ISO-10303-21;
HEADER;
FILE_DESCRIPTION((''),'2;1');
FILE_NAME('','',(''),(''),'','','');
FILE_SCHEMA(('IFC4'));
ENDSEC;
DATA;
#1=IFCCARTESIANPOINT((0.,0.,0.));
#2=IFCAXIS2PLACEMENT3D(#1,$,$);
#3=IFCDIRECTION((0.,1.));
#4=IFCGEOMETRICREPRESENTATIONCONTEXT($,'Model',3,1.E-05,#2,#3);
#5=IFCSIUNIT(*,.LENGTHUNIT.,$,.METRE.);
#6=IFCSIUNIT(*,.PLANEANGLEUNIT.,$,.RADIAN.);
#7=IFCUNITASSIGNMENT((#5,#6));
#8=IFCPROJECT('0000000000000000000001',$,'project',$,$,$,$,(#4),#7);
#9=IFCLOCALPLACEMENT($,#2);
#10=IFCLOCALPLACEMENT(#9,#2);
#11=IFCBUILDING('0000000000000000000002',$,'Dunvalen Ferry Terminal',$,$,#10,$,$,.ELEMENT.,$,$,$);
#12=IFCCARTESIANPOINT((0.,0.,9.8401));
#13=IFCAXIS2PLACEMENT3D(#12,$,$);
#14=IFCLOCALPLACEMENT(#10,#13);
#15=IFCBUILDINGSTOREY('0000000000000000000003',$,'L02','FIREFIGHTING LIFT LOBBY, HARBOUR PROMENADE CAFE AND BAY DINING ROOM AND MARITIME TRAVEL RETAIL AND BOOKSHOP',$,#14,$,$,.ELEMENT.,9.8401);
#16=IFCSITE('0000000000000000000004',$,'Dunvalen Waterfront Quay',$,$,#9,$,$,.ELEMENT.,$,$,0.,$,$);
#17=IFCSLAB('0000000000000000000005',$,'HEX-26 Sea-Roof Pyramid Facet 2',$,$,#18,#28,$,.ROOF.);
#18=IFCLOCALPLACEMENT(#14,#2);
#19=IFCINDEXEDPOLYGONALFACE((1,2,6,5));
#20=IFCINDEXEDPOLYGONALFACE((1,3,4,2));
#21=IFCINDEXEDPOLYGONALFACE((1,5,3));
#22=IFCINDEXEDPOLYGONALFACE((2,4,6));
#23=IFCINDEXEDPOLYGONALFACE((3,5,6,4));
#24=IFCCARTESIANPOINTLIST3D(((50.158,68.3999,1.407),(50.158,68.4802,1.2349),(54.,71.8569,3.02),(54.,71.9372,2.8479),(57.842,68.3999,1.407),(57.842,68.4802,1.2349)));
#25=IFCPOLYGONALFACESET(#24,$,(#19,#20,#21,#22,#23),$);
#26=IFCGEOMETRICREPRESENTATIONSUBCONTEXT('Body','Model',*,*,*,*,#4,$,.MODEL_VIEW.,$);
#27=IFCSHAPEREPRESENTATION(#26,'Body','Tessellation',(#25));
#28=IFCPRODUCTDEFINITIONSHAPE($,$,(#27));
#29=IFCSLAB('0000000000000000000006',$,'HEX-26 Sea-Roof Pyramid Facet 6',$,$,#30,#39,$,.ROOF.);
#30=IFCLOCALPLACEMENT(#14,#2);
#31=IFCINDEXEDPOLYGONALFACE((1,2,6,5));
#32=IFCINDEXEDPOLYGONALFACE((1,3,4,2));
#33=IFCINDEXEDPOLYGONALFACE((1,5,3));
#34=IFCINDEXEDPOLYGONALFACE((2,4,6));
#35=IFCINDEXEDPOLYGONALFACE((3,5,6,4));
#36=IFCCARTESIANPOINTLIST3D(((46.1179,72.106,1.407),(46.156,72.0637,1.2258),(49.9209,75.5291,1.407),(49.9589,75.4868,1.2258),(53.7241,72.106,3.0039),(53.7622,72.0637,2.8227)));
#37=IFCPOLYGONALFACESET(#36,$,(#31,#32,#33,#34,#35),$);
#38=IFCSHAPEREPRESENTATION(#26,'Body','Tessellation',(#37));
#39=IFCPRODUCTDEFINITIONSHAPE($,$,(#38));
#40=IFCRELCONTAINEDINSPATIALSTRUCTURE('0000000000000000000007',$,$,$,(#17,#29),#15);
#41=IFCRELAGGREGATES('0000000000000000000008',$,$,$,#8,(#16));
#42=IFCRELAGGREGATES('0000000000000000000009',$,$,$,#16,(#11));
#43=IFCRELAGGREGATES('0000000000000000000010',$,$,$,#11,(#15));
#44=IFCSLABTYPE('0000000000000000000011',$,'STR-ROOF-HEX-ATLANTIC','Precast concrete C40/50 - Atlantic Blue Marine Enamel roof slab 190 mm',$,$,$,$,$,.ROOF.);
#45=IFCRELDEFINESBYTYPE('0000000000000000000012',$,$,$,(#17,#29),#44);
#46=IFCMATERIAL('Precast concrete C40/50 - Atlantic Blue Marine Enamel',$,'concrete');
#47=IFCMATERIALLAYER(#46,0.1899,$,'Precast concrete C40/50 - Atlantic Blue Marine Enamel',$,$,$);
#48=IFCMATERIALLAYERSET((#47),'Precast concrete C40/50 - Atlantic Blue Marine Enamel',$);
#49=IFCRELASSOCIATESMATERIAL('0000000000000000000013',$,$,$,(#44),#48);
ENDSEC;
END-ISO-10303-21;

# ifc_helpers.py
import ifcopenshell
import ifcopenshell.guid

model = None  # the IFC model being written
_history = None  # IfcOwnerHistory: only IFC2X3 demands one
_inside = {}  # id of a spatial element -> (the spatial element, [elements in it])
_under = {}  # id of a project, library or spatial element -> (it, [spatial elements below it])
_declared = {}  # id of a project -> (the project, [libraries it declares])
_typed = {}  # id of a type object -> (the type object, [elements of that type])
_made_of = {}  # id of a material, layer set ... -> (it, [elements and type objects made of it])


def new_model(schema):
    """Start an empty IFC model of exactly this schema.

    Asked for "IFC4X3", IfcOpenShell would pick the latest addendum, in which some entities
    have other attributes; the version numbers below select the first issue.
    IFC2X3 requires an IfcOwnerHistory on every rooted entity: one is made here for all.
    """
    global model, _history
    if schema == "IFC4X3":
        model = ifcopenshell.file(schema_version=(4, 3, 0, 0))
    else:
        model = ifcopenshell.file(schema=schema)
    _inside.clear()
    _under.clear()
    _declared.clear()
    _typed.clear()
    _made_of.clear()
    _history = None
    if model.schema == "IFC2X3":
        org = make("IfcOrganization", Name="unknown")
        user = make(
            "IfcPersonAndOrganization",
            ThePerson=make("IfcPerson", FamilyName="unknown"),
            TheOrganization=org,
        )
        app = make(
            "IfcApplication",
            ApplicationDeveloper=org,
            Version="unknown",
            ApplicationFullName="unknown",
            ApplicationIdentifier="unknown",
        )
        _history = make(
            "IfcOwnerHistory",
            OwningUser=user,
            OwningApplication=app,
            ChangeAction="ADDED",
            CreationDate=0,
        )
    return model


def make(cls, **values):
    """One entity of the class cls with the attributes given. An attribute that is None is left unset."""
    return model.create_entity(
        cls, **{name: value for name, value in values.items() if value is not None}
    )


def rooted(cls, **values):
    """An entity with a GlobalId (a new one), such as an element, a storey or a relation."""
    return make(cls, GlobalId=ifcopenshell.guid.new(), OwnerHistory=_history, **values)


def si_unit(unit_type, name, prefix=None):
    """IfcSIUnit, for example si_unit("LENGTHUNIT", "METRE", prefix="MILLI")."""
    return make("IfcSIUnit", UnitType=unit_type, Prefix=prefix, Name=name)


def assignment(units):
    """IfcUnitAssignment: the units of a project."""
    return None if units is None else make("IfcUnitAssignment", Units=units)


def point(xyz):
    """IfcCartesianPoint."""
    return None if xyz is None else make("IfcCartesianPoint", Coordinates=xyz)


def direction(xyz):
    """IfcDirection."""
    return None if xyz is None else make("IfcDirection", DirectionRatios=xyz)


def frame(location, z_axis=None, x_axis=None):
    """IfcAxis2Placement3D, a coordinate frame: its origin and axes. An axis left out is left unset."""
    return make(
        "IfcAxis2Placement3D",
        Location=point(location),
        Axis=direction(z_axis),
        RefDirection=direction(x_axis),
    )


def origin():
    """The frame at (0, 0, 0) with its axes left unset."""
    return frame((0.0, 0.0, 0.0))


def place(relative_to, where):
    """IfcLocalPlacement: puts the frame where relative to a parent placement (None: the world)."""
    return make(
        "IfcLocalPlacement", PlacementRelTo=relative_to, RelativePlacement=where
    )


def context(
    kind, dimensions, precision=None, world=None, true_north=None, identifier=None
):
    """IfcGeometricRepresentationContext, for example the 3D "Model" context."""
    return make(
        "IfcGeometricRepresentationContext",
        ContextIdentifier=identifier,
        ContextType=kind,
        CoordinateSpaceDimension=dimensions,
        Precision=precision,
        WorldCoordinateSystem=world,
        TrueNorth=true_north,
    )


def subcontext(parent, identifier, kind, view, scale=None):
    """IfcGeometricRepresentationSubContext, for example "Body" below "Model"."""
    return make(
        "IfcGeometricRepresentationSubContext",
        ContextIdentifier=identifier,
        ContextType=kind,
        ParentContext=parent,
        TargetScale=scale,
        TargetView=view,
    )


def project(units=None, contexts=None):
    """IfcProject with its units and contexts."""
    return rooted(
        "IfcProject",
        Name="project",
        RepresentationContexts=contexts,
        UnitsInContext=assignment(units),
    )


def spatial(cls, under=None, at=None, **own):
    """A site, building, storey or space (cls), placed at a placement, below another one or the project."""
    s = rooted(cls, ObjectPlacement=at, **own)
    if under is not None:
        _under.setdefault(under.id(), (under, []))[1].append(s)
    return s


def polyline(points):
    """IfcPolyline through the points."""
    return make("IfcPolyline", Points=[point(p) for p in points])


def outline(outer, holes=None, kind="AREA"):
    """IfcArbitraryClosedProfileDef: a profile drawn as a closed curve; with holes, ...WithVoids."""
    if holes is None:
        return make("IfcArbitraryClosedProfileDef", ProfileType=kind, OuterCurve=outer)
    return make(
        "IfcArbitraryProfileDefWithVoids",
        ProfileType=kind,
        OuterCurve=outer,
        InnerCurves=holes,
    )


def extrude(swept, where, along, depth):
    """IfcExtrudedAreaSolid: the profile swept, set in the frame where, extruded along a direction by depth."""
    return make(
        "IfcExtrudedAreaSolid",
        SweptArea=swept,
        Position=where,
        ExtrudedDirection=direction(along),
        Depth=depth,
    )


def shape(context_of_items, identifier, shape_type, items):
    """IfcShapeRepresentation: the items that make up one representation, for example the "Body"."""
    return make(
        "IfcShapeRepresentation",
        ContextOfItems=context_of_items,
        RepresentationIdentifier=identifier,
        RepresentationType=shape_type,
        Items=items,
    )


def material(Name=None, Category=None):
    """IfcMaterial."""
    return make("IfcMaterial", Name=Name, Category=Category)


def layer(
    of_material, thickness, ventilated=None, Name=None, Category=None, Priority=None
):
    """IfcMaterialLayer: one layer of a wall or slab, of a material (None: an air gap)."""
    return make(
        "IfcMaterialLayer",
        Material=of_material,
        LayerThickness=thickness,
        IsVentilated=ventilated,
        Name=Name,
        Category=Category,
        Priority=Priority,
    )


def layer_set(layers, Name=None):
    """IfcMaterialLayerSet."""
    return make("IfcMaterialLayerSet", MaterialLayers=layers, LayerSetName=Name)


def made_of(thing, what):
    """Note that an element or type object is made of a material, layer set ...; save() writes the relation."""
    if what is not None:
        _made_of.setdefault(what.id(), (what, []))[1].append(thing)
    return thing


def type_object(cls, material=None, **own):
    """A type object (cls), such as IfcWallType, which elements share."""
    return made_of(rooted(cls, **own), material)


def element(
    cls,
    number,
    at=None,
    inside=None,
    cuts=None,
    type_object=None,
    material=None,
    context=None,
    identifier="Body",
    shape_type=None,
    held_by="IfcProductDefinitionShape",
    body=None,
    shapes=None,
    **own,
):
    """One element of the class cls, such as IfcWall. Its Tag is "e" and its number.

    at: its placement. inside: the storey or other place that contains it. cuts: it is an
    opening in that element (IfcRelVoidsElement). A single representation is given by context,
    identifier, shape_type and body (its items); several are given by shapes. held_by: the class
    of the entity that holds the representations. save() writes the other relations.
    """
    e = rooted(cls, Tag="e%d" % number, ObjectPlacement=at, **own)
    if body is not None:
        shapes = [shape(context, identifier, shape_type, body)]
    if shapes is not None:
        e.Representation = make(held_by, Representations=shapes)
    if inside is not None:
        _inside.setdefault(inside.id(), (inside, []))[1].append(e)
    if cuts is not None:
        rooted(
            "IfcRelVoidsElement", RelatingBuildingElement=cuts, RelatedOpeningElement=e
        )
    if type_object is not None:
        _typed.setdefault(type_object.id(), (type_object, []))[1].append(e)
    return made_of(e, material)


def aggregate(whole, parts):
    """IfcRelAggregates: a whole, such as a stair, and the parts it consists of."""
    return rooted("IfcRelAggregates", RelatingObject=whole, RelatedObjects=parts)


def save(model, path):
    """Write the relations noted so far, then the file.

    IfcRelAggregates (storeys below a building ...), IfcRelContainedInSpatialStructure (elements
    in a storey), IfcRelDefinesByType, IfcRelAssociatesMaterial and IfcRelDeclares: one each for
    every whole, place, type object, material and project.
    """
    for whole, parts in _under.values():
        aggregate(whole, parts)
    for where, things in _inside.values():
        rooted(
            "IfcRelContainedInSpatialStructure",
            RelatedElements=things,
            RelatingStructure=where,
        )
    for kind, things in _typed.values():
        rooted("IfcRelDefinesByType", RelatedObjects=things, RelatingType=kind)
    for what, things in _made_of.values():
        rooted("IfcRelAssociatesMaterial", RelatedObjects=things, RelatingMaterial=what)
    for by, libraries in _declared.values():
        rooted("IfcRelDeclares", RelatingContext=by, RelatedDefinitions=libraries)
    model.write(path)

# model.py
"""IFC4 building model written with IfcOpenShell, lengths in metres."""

from ifc_helpers import new_model, si_unit, direction, frame, origin, place, context, subcontext, project, spatial, polyline, outline, extrude, material, layer, layer_set, type_object, element, save


model = new_model("IFC4")

# Units and contexts
model_context = context("Model", 3, precision=1e-05, world=origin(), true_north=direction((0.0, 1.0)))
body_context = subcontext(model_context, "Body", "Model", "MODEL_VIEW")
ifc_project = project(units=[si_unit("LENGTHUNIT", "METRE"), si_unit("PLANEANGLEUNIT", "RADIAN")], contexts=[model_context])

# Site, building, storey
site_placement = place(None, origin())
site = spatial("IfcSite", under=ifc_project, at=site_placement, Name="Dunvalen Waterfront Quay", CompositionType="ELEMENT", RefElevation=0.0)
building_placement = place(site_placement, origin())
building = spatial("IfcBuilding", under=site, at=building_placement, Name="Dunvalen Ferry Terminal", CompositionType="ELEMENT")
storey_placement = place(building_placement, frame((0.0, 0.0, 9.8401)))
storey = spatial("IfcBuildingStorey", under=building, at=storey_placement, Name="L02", Description="FIREFIGHTING LIFT LOBBY, HARBOUR PROMENADE CAFE AND BAY DINING ROOM AND MARITIME TRAVEL RETAIL AND BOOKSHOP", CompositionType="ELEMENT", Elevation=9.8401)

# Slabs
ifc_material_1 = material(Name="Precast concrete C40/50 - Atlantic Blue Marine Enamel", Category="concrete")
ifc_layer_1 = layer(ifc_material_1, 0.1899, Name="Precast concrete C40/50 - Atlantic Blue Marine Enamel")
ifc_layer_set_1 = layer_set([ifc_layer_1], Name="Precast concrete C40/50 - Atlantic Blue Marine Enamel")
slab_type = type_object("IfcSlabType", Name="STR-ROOF-HEX-ATLANTIC", Description="Precast concrete C40/50 - Atlantic Blue Marine Enamel roof slab 190 mm", PredefinedType="ROOF", material=ifc_layer_set_1)
slab_1_placement = place(storey_placement, frame((50.158, 68.3999, 1.407), z_axis=(0.0, -0.422833, 0.906208), x_axis=(1.0, 0.0, 0.0)))
element("IfcSlab", 1, at=slab_1_placement, inside=storey, type_object=slab_type, Name="HEX-26 Sea-Roof Pyramid Facet 2", PredefinedType="ROOF", context=body_context, shape_type="SweptSolid", body=[
    extrude(outline(polyline([(0.0, 0.0), (7.6841, 0.0), (3.842, 3.8148), (0.0, 0.0)])), origin(), (0.0, 0.0, -1.0), 0.1899),
])
slab_2_placement = place(storey_placement, frame((49.9209, 75.5291, 1.407), z_axis=(-0.200318, 0.222548, 0.95412), x_axis=(-0.743254, -0.66901, 0.0)))
element("IfcSlab", 2, at=slab_2_placement, inside=storey, type_object=slab_type, Name="HEX-26 Sea-Roof Pyramid Facet 6", PredefinedType="ROOF", context=body_context, shape_type="SweptSolid", body=[
    extrude(outline(polyline([(0.0, 0.0), (5.1167, 0.0), (-0.5367, 5.3333), (0.0, 0.0)])), origin(), (0.0, 0.0, -1.0), 0.1899),
])

save(model, "model.ifc")
